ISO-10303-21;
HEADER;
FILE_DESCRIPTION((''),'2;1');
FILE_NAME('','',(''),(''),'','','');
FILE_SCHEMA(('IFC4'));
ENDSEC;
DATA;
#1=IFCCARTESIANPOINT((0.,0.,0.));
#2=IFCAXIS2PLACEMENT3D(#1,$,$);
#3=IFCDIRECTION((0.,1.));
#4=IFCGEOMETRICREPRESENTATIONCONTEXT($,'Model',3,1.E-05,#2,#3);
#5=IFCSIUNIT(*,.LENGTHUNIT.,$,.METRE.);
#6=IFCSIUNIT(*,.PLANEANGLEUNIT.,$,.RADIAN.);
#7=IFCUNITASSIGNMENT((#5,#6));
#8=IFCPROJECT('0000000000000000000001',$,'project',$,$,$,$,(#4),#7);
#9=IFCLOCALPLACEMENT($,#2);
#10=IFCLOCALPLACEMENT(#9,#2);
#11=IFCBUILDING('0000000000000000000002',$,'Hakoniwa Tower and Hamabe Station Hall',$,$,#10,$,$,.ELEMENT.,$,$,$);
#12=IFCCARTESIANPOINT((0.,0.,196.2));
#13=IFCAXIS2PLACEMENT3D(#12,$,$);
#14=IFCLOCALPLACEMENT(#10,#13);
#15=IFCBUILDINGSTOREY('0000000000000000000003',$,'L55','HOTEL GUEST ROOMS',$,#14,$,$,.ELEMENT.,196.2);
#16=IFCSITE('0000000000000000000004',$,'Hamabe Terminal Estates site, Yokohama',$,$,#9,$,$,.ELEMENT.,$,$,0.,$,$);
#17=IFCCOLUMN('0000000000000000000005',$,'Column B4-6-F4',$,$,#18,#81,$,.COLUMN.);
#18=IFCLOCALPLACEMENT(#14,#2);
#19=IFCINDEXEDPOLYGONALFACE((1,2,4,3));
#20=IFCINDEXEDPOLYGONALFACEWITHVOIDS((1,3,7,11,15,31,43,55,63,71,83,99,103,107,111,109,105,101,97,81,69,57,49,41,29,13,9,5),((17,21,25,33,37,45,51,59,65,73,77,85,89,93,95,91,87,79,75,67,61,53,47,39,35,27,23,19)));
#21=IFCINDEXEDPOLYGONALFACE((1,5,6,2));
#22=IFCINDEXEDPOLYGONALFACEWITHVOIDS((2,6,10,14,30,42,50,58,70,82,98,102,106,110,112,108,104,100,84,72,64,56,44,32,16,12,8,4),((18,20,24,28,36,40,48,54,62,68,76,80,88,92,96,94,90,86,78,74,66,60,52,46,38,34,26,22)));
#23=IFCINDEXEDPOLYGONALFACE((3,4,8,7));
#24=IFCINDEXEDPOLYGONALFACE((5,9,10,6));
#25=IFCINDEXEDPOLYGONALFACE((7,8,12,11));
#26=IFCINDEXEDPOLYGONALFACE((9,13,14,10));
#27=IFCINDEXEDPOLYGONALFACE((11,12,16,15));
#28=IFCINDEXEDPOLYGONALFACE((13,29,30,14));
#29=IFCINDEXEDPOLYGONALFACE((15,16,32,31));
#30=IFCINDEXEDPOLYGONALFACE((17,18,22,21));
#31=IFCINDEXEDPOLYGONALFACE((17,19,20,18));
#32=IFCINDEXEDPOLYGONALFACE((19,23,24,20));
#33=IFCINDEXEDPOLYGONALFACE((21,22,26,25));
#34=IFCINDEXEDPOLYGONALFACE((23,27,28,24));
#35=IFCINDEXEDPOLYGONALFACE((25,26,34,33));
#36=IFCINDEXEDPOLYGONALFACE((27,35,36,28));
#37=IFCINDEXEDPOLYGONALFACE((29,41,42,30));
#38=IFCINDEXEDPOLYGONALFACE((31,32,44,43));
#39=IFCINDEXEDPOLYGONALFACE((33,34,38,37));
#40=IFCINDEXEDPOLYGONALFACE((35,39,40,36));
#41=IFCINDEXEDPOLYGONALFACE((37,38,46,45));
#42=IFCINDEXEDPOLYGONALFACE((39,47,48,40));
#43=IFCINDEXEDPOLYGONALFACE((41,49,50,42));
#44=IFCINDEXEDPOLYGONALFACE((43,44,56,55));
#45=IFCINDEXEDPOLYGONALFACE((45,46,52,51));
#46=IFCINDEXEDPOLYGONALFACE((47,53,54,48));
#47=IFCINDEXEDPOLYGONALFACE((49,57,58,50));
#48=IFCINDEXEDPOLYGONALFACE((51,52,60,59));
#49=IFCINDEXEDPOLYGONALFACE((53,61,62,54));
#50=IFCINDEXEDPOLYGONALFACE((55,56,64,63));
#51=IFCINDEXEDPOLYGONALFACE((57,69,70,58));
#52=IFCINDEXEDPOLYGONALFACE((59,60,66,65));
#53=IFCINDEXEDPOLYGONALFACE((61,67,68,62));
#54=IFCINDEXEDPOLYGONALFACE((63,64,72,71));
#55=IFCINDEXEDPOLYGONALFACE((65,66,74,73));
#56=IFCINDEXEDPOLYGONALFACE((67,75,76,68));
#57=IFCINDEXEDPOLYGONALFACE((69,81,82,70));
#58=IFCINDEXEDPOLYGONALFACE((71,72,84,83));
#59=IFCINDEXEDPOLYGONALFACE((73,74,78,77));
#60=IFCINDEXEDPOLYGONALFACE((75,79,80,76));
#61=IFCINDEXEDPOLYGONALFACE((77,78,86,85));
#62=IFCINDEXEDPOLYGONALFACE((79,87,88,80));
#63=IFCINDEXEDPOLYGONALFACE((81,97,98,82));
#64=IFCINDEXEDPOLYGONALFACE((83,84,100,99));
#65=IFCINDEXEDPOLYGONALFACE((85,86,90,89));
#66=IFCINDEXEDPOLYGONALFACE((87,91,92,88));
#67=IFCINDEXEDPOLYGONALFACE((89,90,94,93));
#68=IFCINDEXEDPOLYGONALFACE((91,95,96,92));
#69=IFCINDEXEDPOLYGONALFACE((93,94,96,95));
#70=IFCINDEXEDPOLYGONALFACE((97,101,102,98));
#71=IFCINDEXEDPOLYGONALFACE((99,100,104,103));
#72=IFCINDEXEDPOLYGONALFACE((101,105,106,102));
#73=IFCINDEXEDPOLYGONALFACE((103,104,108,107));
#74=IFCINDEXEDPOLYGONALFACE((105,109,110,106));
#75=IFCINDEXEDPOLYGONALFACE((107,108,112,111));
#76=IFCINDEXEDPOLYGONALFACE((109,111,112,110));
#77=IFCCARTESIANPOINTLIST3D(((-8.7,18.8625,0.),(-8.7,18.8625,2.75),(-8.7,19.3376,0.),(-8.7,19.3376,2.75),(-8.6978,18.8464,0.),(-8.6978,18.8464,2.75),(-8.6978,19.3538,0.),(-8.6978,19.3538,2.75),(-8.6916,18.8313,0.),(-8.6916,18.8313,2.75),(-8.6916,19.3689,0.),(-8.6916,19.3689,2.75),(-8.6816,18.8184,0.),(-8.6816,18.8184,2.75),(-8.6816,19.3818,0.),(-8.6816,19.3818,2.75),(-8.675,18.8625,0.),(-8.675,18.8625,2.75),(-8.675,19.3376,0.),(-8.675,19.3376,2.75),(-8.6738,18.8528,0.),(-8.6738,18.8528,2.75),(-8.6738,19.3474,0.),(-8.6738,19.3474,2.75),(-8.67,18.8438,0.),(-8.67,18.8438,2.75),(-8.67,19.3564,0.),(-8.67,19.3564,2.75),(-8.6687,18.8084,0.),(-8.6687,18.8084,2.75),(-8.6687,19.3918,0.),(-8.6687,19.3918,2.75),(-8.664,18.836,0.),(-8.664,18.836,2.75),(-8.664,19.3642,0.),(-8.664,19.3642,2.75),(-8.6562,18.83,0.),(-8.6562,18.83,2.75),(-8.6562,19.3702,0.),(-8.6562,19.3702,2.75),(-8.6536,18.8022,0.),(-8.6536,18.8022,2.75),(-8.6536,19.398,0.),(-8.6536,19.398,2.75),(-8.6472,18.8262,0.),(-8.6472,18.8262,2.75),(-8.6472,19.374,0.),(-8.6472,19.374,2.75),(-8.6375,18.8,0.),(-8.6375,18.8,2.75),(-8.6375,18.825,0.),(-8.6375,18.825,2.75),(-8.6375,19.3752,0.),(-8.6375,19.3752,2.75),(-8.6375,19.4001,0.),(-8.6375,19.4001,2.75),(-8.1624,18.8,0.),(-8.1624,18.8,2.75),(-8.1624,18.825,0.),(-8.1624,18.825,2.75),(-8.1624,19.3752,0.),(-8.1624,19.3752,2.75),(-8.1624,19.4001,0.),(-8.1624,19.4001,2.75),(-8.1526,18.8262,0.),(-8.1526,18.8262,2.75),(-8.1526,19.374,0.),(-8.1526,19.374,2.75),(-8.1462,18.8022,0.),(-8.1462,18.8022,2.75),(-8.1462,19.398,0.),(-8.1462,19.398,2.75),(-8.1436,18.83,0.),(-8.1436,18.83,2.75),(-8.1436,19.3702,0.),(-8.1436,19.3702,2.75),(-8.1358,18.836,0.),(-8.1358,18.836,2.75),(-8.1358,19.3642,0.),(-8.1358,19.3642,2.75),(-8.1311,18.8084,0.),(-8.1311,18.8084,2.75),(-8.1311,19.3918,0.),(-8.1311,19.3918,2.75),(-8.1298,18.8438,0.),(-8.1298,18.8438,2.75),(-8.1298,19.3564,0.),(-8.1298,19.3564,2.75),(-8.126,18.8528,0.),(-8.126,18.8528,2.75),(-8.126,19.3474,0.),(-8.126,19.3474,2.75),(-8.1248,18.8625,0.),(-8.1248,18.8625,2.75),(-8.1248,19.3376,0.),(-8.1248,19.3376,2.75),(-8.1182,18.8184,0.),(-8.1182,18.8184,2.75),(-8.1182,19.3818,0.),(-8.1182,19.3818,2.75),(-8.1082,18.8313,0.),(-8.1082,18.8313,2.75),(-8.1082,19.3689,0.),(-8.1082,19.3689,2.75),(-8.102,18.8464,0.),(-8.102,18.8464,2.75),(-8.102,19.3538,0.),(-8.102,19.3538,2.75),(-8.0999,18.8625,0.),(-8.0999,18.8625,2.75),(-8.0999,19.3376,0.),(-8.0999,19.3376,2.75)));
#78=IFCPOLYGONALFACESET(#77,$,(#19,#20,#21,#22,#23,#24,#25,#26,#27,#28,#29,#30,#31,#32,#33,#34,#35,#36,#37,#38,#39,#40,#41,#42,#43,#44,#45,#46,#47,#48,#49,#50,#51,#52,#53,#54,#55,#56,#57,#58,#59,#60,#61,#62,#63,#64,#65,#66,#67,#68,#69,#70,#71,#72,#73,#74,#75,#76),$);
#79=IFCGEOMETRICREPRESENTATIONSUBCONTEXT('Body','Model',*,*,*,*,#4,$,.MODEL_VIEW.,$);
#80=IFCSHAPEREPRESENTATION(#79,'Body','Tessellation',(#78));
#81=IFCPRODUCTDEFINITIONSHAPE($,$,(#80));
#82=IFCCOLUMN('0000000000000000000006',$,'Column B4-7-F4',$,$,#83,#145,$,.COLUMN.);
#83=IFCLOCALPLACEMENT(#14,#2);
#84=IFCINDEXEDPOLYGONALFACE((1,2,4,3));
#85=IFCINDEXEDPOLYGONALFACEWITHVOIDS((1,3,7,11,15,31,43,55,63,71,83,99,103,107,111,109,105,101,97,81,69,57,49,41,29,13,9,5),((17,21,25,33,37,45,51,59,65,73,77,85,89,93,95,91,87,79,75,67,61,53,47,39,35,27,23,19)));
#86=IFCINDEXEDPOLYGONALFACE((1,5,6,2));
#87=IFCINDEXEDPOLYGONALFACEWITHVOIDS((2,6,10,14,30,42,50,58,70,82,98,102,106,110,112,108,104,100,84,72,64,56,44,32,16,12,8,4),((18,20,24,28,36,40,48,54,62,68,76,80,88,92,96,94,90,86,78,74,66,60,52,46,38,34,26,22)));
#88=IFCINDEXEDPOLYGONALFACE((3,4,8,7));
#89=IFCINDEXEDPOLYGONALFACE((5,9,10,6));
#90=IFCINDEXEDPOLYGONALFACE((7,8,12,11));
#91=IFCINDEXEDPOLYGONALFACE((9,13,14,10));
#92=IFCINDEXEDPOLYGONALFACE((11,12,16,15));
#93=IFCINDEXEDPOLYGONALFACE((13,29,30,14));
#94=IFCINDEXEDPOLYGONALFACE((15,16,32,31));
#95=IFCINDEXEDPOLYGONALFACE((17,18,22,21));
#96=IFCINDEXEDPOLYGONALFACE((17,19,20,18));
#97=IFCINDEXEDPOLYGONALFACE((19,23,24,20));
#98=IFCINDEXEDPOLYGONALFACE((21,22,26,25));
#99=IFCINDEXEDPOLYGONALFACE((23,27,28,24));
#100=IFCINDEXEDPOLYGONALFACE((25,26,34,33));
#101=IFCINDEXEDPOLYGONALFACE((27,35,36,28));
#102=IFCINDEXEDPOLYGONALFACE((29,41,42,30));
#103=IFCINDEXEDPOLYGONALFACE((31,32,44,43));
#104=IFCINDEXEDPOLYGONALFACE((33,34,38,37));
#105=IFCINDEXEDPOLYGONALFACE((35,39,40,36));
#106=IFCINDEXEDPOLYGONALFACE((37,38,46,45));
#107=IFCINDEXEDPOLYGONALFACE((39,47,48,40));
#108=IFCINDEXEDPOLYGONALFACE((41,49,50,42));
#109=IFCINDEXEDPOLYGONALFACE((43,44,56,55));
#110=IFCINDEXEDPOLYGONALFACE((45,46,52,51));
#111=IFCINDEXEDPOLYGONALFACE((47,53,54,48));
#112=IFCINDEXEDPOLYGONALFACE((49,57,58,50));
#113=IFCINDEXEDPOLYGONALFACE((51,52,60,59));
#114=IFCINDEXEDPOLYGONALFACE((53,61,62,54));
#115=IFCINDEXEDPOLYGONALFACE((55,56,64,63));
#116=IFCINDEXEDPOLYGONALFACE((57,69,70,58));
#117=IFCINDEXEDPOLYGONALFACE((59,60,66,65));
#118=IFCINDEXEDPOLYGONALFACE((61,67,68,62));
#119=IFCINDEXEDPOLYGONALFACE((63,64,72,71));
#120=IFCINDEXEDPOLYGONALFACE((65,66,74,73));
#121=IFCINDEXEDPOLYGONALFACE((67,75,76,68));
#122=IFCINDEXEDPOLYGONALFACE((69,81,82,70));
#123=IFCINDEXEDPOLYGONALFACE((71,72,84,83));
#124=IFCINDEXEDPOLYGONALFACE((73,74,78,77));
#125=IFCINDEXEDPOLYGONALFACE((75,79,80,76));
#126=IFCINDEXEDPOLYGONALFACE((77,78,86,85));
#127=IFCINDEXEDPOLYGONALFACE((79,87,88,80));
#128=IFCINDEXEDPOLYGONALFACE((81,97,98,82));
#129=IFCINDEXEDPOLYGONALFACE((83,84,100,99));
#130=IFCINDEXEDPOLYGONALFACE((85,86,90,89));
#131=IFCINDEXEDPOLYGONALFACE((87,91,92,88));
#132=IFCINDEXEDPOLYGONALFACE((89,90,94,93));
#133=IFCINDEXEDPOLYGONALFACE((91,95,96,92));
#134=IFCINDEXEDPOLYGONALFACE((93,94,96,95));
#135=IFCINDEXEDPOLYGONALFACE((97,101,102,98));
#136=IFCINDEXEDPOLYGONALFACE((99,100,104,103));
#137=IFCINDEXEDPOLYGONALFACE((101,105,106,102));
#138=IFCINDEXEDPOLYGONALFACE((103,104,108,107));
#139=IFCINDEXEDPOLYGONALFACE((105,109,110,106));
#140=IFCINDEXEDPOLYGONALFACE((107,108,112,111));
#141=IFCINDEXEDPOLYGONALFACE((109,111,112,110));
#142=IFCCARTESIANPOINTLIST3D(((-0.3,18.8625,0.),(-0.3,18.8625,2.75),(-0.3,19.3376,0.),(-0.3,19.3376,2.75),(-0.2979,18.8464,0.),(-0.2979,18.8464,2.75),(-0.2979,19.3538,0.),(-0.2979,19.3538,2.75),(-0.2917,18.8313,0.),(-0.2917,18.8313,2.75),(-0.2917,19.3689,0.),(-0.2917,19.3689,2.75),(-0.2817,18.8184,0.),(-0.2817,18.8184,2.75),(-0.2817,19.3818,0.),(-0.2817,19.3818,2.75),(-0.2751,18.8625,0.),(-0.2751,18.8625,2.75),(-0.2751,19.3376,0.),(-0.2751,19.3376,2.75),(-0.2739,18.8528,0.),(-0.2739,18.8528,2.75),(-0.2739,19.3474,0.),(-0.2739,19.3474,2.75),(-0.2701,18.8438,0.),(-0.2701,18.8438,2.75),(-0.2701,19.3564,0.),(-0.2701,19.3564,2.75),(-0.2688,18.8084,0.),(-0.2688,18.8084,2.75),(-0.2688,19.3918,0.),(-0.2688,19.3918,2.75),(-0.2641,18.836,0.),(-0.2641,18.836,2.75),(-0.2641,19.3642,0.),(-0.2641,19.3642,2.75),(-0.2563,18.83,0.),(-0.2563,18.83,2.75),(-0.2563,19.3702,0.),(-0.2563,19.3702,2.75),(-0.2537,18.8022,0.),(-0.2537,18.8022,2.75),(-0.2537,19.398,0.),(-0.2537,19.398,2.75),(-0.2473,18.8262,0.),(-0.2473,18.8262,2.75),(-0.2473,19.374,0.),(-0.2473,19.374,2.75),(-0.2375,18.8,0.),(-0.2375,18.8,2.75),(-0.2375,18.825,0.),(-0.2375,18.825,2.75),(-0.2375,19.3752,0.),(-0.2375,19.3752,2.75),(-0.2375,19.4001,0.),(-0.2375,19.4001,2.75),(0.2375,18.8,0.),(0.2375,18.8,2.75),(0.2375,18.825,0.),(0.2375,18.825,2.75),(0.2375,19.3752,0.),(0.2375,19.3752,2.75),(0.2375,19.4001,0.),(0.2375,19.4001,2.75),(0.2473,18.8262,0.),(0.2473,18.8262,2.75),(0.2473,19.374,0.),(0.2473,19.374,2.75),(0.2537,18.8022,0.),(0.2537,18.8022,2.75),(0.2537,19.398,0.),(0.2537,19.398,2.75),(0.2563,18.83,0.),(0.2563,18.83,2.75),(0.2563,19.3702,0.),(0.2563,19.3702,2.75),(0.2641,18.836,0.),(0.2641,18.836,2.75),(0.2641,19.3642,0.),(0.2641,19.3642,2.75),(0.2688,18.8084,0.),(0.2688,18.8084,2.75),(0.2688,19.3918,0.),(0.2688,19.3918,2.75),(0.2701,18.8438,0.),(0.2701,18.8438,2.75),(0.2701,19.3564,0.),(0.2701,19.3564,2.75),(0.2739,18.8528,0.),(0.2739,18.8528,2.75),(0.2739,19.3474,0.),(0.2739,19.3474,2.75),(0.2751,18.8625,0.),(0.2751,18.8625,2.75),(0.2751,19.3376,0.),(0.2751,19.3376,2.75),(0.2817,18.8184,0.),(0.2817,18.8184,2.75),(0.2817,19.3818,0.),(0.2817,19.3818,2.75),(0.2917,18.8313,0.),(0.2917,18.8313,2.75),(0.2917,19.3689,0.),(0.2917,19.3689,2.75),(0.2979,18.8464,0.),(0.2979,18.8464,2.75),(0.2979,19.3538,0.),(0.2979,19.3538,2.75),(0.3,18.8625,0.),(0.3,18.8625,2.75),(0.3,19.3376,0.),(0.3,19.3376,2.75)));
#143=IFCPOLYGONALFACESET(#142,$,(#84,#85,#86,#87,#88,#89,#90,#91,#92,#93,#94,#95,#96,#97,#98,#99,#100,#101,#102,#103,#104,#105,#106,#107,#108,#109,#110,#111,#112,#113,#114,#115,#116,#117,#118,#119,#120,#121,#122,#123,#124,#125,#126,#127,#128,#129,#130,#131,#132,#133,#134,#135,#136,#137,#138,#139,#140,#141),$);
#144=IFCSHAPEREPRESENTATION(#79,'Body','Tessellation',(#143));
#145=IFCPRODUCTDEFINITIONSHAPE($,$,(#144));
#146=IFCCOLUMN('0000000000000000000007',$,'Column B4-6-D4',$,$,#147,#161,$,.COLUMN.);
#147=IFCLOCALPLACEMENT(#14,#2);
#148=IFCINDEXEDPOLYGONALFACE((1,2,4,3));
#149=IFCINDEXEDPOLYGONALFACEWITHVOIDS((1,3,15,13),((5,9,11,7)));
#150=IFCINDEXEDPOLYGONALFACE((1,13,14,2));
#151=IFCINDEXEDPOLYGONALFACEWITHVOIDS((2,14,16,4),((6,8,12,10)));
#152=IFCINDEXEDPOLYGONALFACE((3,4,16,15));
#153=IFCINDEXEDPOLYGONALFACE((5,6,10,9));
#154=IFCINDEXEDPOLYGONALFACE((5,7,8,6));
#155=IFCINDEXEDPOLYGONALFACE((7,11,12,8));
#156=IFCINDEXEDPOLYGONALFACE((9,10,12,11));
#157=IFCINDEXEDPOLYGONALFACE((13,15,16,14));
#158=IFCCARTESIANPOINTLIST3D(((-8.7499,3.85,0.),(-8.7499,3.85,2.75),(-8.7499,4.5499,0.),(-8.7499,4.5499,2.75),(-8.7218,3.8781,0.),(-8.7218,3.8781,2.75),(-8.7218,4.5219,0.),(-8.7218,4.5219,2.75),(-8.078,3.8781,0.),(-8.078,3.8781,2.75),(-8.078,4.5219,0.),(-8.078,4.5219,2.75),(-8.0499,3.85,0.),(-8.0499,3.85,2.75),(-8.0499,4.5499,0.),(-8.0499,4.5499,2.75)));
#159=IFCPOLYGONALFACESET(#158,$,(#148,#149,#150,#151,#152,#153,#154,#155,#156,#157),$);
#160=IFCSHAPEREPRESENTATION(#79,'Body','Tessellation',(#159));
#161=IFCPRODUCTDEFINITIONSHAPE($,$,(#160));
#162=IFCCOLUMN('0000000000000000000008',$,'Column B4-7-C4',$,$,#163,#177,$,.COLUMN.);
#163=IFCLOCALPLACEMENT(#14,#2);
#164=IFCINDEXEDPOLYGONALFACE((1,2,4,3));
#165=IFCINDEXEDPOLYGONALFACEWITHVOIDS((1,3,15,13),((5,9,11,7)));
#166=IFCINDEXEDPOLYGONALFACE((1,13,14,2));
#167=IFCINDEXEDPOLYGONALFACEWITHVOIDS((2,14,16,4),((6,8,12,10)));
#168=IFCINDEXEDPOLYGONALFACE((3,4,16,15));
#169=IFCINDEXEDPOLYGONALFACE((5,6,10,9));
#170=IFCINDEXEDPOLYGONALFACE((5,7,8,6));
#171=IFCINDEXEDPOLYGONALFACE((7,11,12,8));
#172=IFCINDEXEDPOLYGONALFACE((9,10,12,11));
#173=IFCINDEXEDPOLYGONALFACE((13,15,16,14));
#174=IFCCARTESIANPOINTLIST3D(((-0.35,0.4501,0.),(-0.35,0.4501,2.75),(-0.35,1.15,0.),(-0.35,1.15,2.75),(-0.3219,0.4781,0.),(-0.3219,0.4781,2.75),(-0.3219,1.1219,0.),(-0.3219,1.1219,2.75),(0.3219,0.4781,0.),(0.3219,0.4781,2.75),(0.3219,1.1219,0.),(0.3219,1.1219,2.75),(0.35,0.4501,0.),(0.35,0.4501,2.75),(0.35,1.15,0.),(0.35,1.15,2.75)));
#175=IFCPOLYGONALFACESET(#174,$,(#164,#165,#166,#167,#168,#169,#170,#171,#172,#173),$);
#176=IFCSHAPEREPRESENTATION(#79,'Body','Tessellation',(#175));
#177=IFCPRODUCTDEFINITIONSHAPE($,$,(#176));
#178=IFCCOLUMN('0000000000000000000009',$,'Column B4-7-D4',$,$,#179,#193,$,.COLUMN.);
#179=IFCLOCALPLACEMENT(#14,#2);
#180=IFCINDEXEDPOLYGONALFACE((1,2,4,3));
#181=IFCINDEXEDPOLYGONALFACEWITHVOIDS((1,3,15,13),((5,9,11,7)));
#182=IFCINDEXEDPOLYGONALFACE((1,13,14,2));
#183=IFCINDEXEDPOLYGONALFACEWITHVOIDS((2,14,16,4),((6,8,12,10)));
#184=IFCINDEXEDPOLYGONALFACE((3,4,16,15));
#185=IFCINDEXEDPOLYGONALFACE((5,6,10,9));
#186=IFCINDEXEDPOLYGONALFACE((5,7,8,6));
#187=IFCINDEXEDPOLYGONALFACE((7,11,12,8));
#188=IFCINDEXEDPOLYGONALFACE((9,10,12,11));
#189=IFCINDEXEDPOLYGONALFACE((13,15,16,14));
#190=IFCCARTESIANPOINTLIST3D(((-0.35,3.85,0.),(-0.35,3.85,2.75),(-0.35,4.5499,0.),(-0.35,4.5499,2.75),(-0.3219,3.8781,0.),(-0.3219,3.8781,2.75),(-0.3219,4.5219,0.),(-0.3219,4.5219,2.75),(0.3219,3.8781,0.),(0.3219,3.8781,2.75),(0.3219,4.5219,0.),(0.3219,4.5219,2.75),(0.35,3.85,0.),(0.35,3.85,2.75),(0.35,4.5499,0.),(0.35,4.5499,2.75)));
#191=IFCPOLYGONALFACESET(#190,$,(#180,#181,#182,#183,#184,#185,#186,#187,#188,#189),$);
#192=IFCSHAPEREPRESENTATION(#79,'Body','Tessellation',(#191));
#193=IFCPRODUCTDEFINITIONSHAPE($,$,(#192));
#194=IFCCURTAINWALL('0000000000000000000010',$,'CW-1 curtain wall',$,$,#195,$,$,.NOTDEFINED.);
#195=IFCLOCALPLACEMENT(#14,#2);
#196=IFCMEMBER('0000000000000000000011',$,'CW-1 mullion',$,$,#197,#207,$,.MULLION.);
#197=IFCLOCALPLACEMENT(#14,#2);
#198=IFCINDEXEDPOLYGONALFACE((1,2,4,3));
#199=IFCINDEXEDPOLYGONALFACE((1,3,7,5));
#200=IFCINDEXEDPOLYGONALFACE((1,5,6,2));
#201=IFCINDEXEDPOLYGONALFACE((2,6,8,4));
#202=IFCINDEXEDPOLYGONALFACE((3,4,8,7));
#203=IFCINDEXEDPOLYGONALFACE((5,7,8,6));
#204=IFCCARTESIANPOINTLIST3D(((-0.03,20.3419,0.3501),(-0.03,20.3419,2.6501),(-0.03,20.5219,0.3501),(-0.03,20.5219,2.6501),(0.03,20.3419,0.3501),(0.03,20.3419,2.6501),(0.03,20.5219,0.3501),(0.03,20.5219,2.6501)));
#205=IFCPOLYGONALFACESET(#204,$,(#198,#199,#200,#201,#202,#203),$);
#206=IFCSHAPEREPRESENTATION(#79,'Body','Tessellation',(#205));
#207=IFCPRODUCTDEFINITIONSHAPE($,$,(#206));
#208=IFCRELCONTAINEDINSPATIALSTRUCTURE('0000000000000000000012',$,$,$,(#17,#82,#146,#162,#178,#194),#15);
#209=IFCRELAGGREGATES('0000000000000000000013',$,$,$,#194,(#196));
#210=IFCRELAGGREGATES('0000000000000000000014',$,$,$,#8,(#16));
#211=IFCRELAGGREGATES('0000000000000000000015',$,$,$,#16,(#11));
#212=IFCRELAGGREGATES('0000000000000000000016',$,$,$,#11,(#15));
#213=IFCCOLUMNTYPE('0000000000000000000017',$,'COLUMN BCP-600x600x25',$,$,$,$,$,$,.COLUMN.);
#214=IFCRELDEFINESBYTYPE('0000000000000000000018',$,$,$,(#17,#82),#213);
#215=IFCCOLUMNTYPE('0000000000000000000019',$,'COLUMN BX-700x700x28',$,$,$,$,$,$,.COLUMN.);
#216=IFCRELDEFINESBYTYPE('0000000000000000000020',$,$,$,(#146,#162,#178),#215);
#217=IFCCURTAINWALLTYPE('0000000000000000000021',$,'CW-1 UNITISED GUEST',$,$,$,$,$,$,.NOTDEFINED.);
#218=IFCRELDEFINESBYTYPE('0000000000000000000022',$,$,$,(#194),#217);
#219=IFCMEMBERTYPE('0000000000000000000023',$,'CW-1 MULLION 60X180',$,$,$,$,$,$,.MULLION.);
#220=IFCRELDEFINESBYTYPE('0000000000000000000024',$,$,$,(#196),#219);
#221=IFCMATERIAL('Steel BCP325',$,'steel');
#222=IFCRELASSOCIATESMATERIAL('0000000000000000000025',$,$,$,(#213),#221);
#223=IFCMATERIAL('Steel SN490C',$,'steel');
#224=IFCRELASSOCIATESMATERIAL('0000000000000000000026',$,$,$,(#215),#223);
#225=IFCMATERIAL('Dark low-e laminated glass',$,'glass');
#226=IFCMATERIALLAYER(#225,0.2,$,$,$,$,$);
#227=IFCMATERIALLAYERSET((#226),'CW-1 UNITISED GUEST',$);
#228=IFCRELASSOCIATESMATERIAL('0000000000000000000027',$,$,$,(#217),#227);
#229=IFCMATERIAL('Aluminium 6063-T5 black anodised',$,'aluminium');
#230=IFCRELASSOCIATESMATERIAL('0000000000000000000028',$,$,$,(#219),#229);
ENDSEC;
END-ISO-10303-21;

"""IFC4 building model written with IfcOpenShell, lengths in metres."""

from ifc_helpers import new_model, si_unit, direction, frame, origin, origin_2d, place, context, subcontext, project, spatial, rectangle, hollow_rectangle, extrude, material, layer, layer_set, material_profile, profile_set, type_object, element, aggregate, save


model = new_model("IFC4")

# Units and contexts
model_context = context("Model", 3, precision=1e-05, world=origin(), true_north=direction((0.0, 1.0)))
body_context = subcontext(model_context, "Body", "Model", "MODEL_VIEW")
ifc_project = project(units=[si_unit("LENGTHUNIT", "METRE"), si_unit("PLANEANGLEUNIT", "RADIAN")], contexts=[model_context])

# Site, building, storey
site_placement = place(None, origin())
site = spatial("IfcSite", under=ifc_project, at=site_placement, Name="Hamabe Terminal Estates site, Yokohama", CompositionType="ELEMENT", RefElevation=0.0)
building_placement = place(site_placement, origin())
building = spatial("IfcBuilding", under=site, at=building_placement, Name="Hakoniwa Tower and Hamabe Station Hall", CompositionType="ELEMENT")
storey_placement = place(building_placement, frame((0.0, 0.0, 196.2)))
storey = spatial("IfcBuildingStorey", under=building, at=storey_placement, Name="L55", Description="HOTEL GUEST ROOMS", CompositionType="ELEMENT", Elevation=196.2)

# Columns
ifc_material_1 = material(Name="Steel BCP325", Category="steel")
ifc_material_profile_1 = material_profile(ifc_material_1, hollow_rectangle(XDim=0.6001, YDim=0.6001, WallThickness=0.0249, InnerFilletRadius=0.0376, OuterFilletRadius=0.0625, at=origin_2d()), Name="BCP-600x600x25")
ifc_profile_set_1 = profile_set([ifc_material_profile_1], Name="Steel BCP325")
column_type_1 = type_object("IfcColumnType", Name="COLUMN BCP-600x600x25", PredefinedType="COLUMN", material=ifc_profile_set_1)
for number, where, z_axis, x_axis, name in (
    (1, (-8.3999, 19.1001, 0.0), (0.0, 0.0, 1.0), (1.0, 0.0, 0.0), "Column B4-6-F4"),
    (2, (0.0, 19.1001, 0.0), (0.0, 0.0, 1.0), (1.0, 0.0, 0.0), "Column B4-7-F4"),
):
    element("IfcColumn", number, at=place(storey_placement, frame(where, z_axis=z_axis, x_axis=x_axis)), inside=storey, type_object=column_type_1, Name=name, PredefinedType="COLUMN", context=body_context, shape_type="SweptSolid", body=[
        extrude(hollow_rectangle(XDim=0.6001, YDim=0.6001, WallThickness=0.0249, InnerFilletRadius=0.0376, OuterFilletRadius=0.0625, at=origin_2d()), origin(), (0.0, 0.0, 1.0), 2.75),
    ])
ifc_material_2 = material(Name="Steel SN490C", Category="steel")
ifc_material_profile_2 = material_profile(ifc_material_2, hollow_rectangle(XDim=0.7, YDim=0.7, WallThickness=0.0281, at=origin_2d()), Name="BX-700x700x28")
ifc_profile_set_2 = profile_set([ifc_material_profile_2], Name="Steel SN490C")
column_type_2 = type_object("IfcColumnType", Name="COLUMN BX-700x700x28", PredefinedType="COLUMN", material=ifc_profile_set_2)
for number, where, z_axis, x_axis, name in (
    (3, (-8.3999, 4.2, 0.0), (0.0, 0.0, 1.0), (1.0, 0.0, 0.0), "Column B4-6-D4"),
    (4, (0.0, 0.8, 0.0), (0.0, 0.0, 1.0), (1.0, 0.0, 0.0), "Column B4-7-C4"),
    (5, (0.0, 4.2, 0.0), (0.0, 0.0, 1.0), (1.0, 0.0, 0.0), "Column B4-7-D4"),
):
    element("IfcColumn", number, at=place(storey_placement, frame(where, z_axis=z_axis, x_axis=x_axis)), inside=storey, type_object=column_type_2, Name=name, PredefinedType="COLUMN", context=body_context, shape_type="SweptSolid", body=[
        extrude(hollow_rectangle(XDim=0.7, YDim=0.7, WallThickness=0.0281, at=origin_2d()), origin(), (0.0, 0.0, 1.0), 2.75),
    ])

# Curtain wall, member
ifc_material_3 = material(Name="Dark low-e laminated glass", Category="glass")
ifc_layer_1 = layer(ifc_material_3, 0.2)
ifc_layer_set_1 = layer_set([ifc_layer_1], Name="CW-1 UNITISED GUEST")
curtain_wall_type = type_object("IfcCurtainWallType", Name="CW-1 UNITISED GUEST", PredefinedType="NOTDEFINED", material=ifc_layer_set_1)
curtain_wall_placement = place(storey_placement, origin())
curtain_wall = element("IfcCurtainWall", 6, at=curtain_wall_placement, inside=storey, type_object=curtain_wall_type, Name="CW-1 curtain wall", PredefinedType="NOTDEFINED")
ifc_material_4 = material(Name="Aluminium 6063-T5 black anodised", Category="aluminium")
ifc_material_profile_3 = material_profile(ifc_material_4, rectangle(XDim=0.0601, YDim=0.1799, at=origin_2d()), Name="CW-1 MULLION 60X180")
ifc_profile_set_3 = profile_set([ifc_material_profile_3], Name="Aluminium 6063-T5 black anodised")
member_type = type_object("IfcMemberType", Name="CW-1 MULLION 60X180", PredefinedType="MULLION", material=ifc_profile_set_3)
member_placement = place(storey_placement, frame((0.0, 20.4319, 0.3501), z_axis=(0.0, 0.0, 1.0), x_axis=(-1.0, 0.0, 0.0)))
member = element("IfcMember", 7, at=member_placement, type_object=member_type, Name="CW-1 mullion", PredefinedType="MULLION", context=body_context, shape_type="SweptSolid", body=[
    extrude(rectangle(XDim=0.0601, YDim=0.1799, at=origin_2d()), origin(), (0.0, 0.0, 1.0), 2.3),
])
aggregate(curtain_wall, [member])

save(model, "model.ifc")
